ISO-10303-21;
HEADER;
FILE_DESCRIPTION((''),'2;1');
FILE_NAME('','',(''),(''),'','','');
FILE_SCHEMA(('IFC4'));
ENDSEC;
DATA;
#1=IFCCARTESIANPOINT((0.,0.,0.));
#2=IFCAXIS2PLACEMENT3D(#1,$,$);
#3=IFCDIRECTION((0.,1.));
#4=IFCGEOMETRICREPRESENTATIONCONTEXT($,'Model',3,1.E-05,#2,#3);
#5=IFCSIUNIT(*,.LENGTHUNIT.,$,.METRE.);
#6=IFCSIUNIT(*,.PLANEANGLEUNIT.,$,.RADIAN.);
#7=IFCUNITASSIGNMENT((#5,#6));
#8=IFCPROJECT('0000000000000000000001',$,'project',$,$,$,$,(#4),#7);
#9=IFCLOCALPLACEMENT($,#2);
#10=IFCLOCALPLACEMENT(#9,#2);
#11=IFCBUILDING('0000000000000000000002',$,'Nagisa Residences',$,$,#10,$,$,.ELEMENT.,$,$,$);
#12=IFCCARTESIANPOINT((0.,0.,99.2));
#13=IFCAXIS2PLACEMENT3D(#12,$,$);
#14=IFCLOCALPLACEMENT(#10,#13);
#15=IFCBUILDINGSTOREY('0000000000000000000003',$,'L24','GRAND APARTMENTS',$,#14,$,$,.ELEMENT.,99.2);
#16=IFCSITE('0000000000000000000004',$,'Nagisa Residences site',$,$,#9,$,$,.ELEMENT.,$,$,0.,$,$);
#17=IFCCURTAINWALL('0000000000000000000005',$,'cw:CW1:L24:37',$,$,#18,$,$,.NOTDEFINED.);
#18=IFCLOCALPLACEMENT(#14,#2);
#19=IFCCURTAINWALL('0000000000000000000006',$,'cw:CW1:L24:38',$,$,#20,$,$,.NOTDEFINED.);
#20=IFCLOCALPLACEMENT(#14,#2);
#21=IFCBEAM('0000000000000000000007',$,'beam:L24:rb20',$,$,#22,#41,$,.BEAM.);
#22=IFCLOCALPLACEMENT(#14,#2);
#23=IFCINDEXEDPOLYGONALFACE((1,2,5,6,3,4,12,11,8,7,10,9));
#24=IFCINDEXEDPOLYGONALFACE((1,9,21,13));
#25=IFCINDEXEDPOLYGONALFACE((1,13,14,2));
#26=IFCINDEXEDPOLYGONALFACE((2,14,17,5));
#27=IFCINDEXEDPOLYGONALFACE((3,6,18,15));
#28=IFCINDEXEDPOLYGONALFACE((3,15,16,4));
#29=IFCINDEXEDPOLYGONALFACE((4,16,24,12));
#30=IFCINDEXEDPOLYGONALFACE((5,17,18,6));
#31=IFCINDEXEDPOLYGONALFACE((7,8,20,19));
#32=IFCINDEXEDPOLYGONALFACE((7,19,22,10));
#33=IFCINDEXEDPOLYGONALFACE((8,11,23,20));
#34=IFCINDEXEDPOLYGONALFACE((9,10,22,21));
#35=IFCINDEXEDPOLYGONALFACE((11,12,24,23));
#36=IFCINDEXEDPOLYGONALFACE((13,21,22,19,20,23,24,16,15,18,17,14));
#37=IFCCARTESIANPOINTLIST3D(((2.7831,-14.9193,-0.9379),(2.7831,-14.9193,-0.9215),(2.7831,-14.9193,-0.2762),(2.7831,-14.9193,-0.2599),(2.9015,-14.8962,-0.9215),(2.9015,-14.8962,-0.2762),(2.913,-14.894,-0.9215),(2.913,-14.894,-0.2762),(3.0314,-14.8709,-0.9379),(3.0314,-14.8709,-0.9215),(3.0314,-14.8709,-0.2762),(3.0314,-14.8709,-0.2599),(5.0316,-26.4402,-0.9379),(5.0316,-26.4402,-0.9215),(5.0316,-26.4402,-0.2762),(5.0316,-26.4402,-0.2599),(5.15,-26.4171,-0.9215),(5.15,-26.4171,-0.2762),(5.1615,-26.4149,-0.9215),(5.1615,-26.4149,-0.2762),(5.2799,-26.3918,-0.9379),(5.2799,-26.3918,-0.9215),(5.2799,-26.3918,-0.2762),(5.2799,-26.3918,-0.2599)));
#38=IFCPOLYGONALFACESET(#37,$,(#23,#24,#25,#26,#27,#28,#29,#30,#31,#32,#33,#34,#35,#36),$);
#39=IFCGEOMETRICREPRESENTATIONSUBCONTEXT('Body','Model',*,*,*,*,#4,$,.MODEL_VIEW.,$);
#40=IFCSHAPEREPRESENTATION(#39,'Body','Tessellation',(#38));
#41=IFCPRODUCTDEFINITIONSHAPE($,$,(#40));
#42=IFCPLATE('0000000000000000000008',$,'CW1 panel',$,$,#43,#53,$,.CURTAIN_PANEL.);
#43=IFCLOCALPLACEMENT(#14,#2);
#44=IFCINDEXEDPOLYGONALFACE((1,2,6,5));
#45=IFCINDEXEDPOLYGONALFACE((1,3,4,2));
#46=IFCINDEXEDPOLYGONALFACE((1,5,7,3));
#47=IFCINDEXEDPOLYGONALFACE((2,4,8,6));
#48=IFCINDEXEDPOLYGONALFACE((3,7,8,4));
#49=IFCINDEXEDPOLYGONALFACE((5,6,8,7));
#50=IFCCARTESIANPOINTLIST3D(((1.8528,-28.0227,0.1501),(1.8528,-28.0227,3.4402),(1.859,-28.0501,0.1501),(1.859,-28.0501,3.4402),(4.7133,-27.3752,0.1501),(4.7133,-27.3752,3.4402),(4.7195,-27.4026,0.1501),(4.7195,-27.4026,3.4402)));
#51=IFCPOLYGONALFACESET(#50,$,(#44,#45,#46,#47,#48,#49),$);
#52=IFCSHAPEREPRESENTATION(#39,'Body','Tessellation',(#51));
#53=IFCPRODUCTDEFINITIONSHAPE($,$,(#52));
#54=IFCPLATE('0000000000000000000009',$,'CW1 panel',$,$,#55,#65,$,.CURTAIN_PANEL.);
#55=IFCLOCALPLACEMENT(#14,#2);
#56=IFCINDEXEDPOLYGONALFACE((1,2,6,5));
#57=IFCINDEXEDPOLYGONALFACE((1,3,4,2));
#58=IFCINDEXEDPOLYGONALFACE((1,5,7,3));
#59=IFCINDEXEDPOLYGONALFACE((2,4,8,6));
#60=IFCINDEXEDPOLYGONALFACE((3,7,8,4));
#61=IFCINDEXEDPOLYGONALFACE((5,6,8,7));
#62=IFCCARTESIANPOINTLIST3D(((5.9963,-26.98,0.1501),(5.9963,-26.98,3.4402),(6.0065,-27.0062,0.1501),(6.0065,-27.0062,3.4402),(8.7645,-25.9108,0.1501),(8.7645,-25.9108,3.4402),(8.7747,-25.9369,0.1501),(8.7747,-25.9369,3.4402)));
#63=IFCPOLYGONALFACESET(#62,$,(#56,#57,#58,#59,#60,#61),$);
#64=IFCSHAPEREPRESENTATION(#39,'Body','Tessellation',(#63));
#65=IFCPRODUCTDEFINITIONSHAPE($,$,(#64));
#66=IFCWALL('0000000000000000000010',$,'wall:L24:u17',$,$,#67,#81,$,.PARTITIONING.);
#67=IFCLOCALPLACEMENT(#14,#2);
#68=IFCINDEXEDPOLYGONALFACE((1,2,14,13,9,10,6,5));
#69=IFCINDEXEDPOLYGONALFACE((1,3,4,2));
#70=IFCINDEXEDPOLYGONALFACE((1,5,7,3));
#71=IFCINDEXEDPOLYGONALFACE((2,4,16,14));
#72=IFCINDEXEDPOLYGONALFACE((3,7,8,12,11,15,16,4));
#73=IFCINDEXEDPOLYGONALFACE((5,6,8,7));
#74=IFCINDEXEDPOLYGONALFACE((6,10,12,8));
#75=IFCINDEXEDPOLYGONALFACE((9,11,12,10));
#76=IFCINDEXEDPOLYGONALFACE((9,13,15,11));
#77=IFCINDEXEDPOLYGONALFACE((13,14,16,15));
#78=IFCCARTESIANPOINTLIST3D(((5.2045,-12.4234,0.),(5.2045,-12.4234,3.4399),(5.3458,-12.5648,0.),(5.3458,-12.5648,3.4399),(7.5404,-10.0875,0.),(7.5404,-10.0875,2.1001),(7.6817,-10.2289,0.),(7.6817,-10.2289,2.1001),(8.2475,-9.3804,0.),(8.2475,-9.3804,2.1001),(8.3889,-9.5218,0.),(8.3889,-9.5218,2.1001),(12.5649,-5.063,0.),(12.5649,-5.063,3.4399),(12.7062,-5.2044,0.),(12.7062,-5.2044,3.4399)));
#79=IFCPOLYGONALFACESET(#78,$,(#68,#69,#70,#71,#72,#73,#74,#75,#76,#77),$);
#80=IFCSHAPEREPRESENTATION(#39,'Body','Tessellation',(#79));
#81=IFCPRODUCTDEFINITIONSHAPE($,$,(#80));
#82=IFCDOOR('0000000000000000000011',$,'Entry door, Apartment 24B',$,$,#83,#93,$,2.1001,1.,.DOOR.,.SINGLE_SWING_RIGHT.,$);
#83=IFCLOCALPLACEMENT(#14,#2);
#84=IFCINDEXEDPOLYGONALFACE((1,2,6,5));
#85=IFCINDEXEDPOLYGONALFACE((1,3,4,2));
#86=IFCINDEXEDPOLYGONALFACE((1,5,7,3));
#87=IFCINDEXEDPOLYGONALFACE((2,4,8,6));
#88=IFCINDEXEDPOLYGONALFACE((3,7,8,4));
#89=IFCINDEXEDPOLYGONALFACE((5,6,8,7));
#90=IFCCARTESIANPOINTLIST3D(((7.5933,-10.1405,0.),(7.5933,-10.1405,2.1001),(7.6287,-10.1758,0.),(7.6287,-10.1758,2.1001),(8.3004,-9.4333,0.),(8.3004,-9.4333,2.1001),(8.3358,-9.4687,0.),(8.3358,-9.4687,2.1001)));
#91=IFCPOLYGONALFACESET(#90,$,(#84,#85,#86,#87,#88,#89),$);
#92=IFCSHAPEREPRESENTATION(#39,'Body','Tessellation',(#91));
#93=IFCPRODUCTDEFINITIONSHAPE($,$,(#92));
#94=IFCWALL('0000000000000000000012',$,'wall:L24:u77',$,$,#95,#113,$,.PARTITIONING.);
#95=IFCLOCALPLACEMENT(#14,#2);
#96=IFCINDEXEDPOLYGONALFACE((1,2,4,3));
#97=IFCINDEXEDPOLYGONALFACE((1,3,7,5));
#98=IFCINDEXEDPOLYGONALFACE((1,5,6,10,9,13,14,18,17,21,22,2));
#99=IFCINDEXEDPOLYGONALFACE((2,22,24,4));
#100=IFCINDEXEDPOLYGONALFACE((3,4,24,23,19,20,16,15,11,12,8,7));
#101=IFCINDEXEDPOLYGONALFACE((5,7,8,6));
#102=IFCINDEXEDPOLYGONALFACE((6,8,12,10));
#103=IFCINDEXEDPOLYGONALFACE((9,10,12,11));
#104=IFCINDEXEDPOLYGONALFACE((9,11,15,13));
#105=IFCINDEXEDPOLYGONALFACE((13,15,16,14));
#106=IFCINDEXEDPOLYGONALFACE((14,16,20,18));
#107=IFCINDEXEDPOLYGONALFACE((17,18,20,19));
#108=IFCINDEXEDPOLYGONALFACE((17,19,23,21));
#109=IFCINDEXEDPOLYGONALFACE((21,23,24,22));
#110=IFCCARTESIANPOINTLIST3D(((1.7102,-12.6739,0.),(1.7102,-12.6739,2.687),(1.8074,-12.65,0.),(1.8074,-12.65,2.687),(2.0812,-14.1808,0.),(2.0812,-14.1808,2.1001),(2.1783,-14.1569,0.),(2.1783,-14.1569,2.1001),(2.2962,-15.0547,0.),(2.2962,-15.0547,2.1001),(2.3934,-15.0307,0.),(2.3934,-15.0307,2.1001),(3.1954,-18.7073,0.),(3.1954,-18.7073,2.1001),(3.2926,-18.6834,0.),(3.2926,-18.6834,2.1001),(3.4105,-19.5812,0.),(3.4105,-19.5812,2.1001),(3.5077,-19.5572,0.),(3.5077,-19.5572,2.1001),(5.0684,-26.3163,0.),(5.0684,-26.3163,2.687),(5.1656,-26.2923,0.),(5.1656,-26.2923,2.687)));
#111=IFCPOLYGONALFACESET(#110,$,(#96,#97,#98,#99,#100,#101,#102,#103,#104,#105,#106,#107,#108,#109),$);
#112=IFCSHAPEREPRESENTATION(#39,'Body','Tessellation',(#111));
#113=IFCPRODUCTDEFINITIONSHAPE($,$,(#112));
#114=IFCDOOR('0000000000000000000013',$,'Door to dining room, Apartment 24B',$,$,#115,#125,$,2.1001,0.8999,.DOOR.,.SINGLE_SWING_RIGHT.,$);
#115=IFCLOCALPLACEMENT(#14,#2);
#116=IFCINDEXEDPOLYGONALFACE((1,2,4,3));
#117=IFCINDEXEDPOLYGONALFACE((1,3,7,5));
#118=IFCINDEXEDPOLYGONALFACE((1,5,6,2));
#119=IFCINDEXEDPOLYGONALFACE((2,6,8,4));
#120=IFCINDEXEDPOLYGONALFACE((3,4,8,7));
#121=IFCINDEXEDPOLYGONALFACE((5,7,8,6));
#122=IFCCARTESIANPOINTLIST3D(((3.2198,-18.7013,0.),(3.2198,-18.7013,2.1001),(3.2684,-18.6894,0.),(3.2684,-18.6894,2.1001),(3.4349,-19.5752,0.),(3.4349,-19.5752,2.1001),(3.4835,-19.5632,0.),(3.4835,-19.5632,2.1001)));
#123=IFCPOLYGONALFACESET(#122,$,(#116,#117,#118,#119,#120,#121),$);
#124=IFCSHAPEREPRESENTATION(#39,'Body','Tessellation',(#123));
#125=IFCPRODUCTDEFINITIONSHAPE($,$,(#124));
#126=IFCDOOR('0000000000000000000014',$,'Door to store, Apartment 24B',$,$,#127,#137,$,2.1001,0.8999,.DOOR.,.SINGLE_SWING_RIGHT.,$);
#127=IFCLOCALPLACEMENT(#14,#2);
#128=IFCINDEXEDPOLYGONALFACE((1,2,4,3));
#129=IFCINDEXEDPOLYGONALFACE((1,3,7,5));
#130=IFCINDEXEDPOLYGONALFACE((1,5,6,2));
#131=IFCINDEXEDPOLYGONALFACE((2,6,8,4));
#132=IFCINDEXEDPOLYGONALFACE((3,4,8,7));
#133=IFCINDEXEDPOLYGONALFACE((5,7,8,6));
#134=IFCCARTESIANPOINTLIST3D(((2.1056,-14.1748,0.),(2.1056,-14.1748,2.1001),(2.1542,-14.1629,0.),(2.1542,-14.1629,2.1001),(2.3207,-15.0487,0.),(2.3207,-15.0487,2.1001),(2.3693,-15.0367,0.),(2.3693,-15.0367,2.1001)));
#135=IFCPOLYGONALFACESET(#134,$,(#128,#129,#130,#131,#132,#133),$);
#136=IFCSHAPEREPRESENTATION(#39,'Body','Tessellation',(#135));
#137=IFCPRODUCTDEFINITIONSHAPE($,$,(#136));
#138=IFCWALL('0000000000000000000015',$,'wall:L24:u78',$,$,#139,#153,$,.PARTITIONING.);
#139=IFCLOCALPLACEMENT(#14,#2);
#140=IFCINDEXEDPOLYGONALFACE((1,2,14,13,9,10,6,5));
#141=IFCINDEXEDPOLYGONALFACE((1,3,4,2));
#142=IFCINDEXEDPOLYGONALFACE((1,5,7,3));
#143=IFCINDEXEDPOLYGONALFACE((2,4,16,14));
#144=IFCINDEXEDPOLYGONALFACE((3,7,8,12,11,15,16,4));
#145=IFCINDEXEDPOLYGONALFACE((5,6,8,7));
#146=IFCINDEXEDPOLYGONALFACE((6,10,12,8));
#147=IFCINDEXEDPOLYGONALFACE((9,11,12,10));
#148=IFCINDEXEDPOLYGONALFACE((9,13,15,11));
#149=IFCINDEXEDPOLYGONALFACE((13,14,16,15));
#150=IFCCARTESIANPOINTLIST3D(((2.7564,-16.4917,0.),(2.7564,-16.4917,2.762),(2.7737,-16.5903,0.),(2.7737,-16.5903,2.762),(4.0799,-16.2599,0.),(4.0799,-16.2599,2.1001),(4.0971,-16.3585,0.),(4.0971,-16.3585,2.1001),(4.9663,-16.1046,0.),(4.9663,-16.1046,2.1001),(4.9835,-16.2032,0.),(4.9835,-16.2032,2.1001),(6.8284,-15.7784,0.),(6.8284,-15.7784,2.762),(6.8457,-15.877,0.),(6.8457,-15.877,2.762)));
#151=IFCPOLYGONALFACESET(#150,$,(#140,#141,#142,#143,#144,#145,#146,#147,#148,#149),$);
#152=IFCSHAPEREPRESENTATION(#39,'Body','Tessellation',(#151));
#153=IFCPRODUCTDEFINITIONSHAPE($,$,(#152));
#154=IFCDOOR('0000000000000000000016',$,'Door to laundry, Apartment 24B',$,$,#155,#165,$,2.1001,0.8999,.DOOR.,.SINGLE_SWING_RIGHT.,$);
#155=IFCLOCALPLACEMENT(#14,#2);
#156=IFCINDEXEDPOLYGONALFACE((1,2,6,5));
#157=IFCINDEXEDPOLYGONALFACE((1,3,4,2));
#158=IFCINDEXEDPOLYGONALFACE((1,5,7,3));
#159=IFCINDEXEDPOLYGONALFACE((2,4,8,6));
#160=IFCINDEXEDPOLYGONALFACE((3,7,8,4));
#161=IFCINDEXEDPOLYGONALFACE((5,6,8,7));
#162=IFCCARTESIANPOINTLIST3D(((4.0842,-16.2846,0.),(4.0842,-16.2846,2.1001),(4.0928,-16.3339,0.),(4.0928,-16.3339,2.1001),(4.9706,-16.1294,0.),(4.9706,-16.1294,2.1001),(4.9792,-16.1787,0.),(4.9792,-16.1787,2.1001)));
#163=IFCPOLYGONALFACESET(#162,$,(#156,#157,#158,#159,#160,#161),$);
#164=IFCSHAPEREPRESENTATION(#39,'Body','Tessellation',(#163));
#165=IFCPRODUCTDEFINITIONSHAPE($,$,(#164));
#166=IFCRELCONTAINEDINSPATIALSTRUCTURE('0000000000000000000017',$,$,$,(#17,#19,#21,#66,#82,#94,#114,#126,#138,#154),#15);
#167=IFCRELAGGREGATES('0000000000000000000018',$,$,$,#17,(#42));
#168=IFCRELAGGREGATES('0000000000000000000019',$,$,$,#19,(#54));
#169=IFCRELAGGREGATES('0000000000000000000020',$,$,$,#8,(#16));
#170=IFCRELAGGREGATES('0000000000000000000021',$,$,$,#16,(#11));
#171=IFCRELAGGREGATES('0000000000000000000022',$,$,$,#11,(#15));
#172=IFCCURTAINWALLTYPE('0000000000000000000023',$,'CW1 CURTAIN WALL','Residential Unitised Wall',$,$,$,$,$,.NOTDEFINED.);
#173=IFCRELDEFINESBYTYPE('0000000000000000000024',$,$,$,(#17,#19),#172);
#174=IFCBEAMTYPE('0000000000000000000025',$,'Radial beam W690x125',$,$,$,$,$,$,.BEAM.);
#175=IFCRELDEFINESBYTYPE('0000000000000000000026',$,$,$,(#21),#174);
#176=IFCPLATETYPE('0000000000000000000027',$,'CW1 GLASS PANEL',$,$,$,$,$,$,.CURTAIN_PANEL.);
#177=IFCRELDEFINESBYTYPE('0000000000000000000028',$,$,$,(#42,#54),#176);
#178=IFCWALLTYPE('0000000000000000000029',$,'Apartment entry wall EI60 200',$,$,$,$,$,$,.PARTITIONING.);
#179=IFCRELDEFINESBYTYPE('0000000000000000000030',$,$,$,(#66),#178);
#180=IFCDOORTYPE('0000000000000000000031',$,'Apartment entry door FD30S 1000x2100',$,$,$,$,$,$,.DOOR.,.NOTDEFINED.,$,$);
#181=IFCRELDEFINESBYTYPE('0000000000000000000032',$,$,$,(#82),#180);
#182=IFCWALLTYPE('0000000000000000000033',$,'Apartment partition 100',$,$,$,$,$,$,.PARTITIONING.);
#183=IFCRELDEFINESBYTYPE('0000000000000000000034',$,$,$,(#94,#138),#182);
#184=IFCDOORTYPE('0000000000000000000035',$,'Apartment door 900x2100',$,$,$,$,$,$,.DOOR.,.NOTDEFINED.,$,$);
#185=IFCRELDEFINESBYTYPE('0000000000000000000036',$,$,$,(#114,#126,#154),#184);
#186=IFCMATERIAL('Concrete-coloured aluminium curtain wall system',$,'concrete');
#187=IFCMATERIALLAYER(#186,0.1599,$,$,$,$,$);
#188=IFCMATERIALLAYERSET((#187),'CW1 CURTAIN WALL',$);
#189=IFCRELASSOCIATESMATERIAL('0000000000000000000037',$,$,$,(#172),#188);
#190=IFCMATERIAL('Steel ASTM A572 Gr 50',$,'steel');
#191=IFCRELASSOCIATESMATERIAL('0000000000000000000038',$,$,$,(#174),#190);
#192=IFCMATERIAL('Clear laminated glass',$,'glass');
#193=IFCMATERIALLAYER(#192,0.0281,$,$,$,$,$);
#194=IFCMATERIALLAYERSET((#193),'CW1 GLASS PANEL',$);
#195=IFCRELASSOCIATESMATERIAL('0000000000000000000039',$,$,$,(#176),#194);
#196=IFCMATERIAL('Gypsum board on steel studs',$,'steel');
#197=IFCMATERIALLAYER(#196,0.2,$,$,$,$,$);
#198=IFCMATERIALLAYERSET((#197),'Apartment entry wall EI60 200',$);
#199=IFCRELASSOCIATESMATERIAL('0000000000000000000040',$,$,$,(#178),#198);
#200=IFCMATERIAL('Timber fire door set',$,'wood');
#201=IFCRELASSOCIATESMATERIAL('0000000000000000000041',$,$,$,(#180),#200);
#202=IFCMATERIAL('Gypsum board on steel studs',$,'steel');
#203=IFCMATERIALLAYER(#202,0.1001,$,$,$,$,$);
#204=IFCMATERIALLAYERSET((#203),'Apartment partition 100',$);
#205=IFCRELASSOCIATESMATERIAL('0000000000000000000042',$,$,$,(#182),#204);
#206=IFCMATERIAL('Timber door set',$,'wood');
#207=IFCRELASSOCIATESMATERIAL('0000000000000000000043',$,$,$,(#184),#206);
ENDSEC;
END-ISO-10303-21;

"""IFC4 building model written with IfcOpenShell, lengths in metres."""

from ifc_helpers import new_model, si_unit, direction, frame, frame_2d, origin, origin_2d, place, context, subcontext, project, spatial, rectangle, i_section, extrude, material, layer, layer_set, material_profile, profile_set, type_object, element, fill, aggregate, save


model = new_model("IFC4")

# Units and contexts
model_context = context("Model", 3, precision=1e-05, world=origin(), true_north=direction((0.0, 1.0)))
body_context = subcontext(model_context, "Body", "Model", "MODEL_VIEW")
ifc_project = project(units=[si_unit("LENGTHUNIT", "METRE"), si_unit("PLANEANGLEUNIT", "RADIAN")], contexts=[model_context])

# Site, building, storey
site_placement = place(None, origin())
site = spatial("IfcSite", under=ifc_project, at=site_placement, Name="Nagisa Residences site", CompositionType="ELEMENT", RefElevation=0.0)
building_placement = place(site_placement, origin())
building = spatial("IfcBuilding", under=site, at=building_placement, Name="Nagisa Residences", CompositionType="ELEMENT")
storey_placement = place(building_placement, frame((0.0, 0.0, 99.2)))
storey = spatial("IfcBuildingStorey", under=building, at=storey_placement, Name="L24", Description="GRAND APARTMENTS", CompositionType="ELEMENT", Elevation=99.2)

# Curtain walls
ifc_material_1 = material(Name="Concrete-coloured aluminium curtain wall system", Category="concrete")
ifc_layer_1 = layer(ifc_material_1, 0.1599)
ifc_layer_set_1 = layer_set([ifc_layer_1], Name="CW1 CURTAIN WALL")
curtain_wall_type = type_object("IfcCurtainWallType", Name="CW1 CURTAIN WALL", Description="Residential Unitised Wall", PredefinedType="NOTDEFINED", material=ifc_layer_set_1)
curtain_wall_1_placement = place(storey_placement, origin())
curtain_wall_1 = element("IfcCurtainWall", 1, at=curtain_wall_1_placement, inside=storey, type_object=curtain_wall_type, Name="cw:CW1:L24:37", PredefinedType="NOTDEFINED")
curtain_wall_2_placement = place(storey_placement, origin())
curtain_wall_2 = element("IfcCurtainWall", 2, at=curtain_wall_2_placement, inside=storey, type_object=curtain_wall_type, Name="cw:CW1:L24:38", PredefinedType="NOTDEFINED")

# Beam
ifc_material_2 = material(Name="Steel ASTM A572 Gr 50", Category="steel")
ifc_material_profile_1 = material_profile(ifc_material_2, i_section(OverallWidth=0.2529, OverallDepth=0.678, WebThickness=0.0117, FlangeThickness=0.0164, at=origin_2d()), Name="W690x125")
ifc_profile_set_1 = profile_set([ifc_material_profile_1], Name="Steel ASTM A572 Gr 50")
beam_type_1 = type_object("IfcBeamType", Name="Radial beam W690x125", PredefinedType="BEAM", material=ifc_profile_set_1)
beam_1_placement = place(storey_placement, frame((5.1558, -26.416, -0.5989), z_axis=(-0.191554, 0.981482, 0.0), x_axis=(-0.981482, -0.191554, 0.0)))
element("IfcBeam", 3, at=beam_1_placement, inside=storey, type_object=beam_type_1, Name="beam:L24:rb20", PredefinedType="BEAM", context=body_context, shape_type="SweptSolid", body=[
    extrude(i_section(OverallWidth=0.2529, OverallDepth=0.678, WebThickness=0.0117, FlangeThickness=0.0164, at=origin_2d()), origin(), (0.0, 0.0, 1.0), 11.7383),
])

# Plates
ifc_material_3 = material(Name="Clear laminated glass", Category="glass")
ifc_layer_2 = layer(ifc_material_3, 0.0281)
ifc_layer_set_2 = layer_set([ifc_layer_2], Name="CW1 GLASS PANEL")
plate_type = type_object("IfcPlateType", Name="CW1 GLASS PANEL", PredefinedType="CURTAIN_PANEL", material=ifc_layer_set_2)
plate_1_placement = place(storey_placement, frame((3.2861, -27.7126, 0.1501), z_axis=(0.0, 0.0, 1.0), x_axis=(0.975327, 0.220764, 0.0)))
plate_1 = element("IfcPlate", 4, at=plate_1_placement, type_object=plate_type, Name="CW1 panel", PredefinedType="CURTAIN_PANEL", context=body_context, shape_type="SweptSolid", body=[
    extrude(rectangle(XDim=2.9329, YDim=0.0281, at=origin_2d()), origin(), (0.0, 0.0, 1.0), 3.29),
])
aggregate(curtain_wall_1, [plate_1])
plate_2_placement = place(storey_placement, frame((7.3855, -26.4585, 0.1501), z_axis=(0.0, 0.0, 1.0), x_axis=(0.932826, 0.360328, 0.0)))
plate_2 = element("IfcPlate", 5, at=plate_2_placement, type_object=plate_type, Name="CW1 panel", PredefinedType="CURTAIN_PANEL", context=body_context, shape_type="SweptSolid", body=[
    extrude(rectangle(XDim=2.9675, YDim=0.0281, at=origin_2d()), origin(), (0.0, 0.0, 1.0), 3.29),
])
aggregate(curtain_wall_2, [plate_2])

# Wall, opening, door
ifc_material_4 = material(Name="Gypsum board on steel studs", Category="steel")
ifc_layer_3 = layer(ifc_material_4, 0.2)
ifc_layer_set_3 = layer_set([ifc_layer_3], Name="Apartment entry wall EI60 200")
wall_type_1 = type_object("IfcWallType", Name="Apartment entry wall EI60 200", PredefinedType="PARTITIONING", material=ifc_layer_set_3)
wall_1_placement = place(storey_placement, frame((5.2751, -12.4941, 0.0), z_axis=(0.0, 0.0, 1.0), x_axis=(0.707107, 0.707107, 0.0)))
wall_1 = element("IfcWall", 6, at=wall_1_placement, inside=storey, type_object=wall_type_1, Name="wall:L24:u17", PredefinedType="PARTITIONING", context=body_context, shape_type="SweptSolid", body=[
    extrude(rectangle(XDim=10.4092, YDim=0.2, at=frame_2d((5.2046, 0.0))), origin(), (0.0, 0.0, 1.0), 3.4399),
])
opening_1_placement = place(wall_1_placement, frame((3.3035, 0.0, 0.0)))
opening_1 = element("IfcOpeningElement", 7, at=opening_1_placement, cuts=wall_1, PredefinedType="OPENING", context=body_context, shape_type="SweptSolid", body=[
    extrude(rectangle(XDim=1.0, YDim=2.1001, at=frame_2d((0.5, 1.05))), frame((0.0, 0.1099, 0.0), z_axis=(0.0, -1.0, 0.0), x_axis=(1.0, 0.0, 0.0)), (0.0, 0.0, 1.0), 0.22),
])
ifc_material_5 = material(Name="Timber fire door set", Category="wood")
door_type_1 = type_object("IfcDoorType", Name="Apartment entry door FD30S 1000x2100", OperationType="NOTDEFINED", PredefinedType="DOOR", material=ifc_material_5)
door_1_placement = place(opening_1_placement, frame((1.0, 0.0, 0.0), x_axis=(-1.0, 0.0, 0.0)))
door_1 = element("IfcDoor", 8, at=door_1_placement, inside=storey, type_object=door_type_1, Name="Entry door, Apartment 24B", OperationType="SINGLE_SWING_RIGHT", OverallHeight=2.1001, OverallWidth=1.0, PredefinedType="DOOR", context=body_context, shape_type="SweptSolid", body=[
    extrude(rectangle(XDim=1.0, YDim=2.1001, at=frame_2d((0.5, 1.05))), frame((0.0, 0.0249, 0.0), z_axis=(0.0, -1.0, 0.0), x_axis=(1.0, 0.0, 0.0)), (0.0, 0.0, 1.0), 0.05),
])
fill(opening_1, door_1)

# Wall, openings, doors
ifc_material_6 = material(Name="Gypsum board on steel studs", Category="steel")
ifc_layer_4 = layer(ifc_material_6, 0.1001)
ifc_layer_set_4 = layer_set([ifc_layer_4], Name="Apartment partition 100")
wall_type_2 = type_object("IfcWallType", Name="Apartment partition 100", PredefinedType="PARTITIONING", material=ifc_layer_set_4)
wall_2_placement = place(storey_placement, frame((1.7588, -12.6619, 0.0), z_axis=(0.0, 0.0, 1.0), x_axis=(0.239022, -0.971014, 0.0)))
wall_2 = element("IfcWall", 9, at=wall_2_placement, inside=storey, type_object=wall_type_2, Name="wall:L24:u77", PredefinedType="PARTITIONING", context=body_context, shape_type="SweptSolid", body=[
    extrude(rectangle(XDim=14.0496, YDim=0.1001, at=frame_2d((7.0249, 0.0))), origin(), (0.0, 0.0, 1.0), 2.687),
])
opening_2_placement = place(wall_2_placement, frame((6.2136, 0.0, 0.0)))
opening_2 = element("IfcOpeningElement", 10, at=opening_2_placement, cuts=wall_2, PredefinedType="OPENING", context=body_context, shape_type="SweptSolid", body=[
    extrude(rectangle(XDim=0.8999, YDim=2.1001, at=frame_2d((0.45, 1.05))), frame((0.0, 0.0601, 0.0), z_axis=(0.0, -1.0, 0.0), x_axis=(1.0, 0.0, 0.0)), (0.0, 0.0, 1.0), 0.1201),
])
opening_3_placement = place(wall_2_placement, frame((1.552, 0.0, 0.0)))
opening_3 = element("IfcOpeningElement", 11, at=opening_3_placement, cuts=wall_2, PredefinedType="OPENING", context=body_context, shape_type="SweptSolid", body=[
    extrude(rectangle(XDim=0.8999, YDim=2.1001, at=frame_2d((0.45, 1.05))), frame((0.0, 0.0601, 0.0), z_axis=(0.0, -1.0, 0.0), x_axis=(1.0, 0.0, 0.0)), (0.0, 0.0, 1.0), 0.1201),
])
ifc_material_7 = material(Name="Timber door set", Category="wood")
door_type_2 = type_object("IfcDoorType", Name="Apartment door 900x2100", OperationType="NOTDEFINED", PredefinedType="DOOR", material=ifc_material_7)
door_2_placement = place(opening_2_placement, frame((0.8999, 0.0, 0.0), x_axis=(-1.0, 0.0, 0.0)))
door_2 = element("IfcDoor", 12, at=door_2_placement, inside=storey, type_object=door_type_2, Name="Door to dining room, Apartment 24B", OperationType="SINGLE_SWING_RIGHT", OverallHeight=2.1001, OverallWidth=0.8999, PredefinedType="DOOR", context=body_context, shape_type="SweptSolid", body=[
    extrude(rectangle(XDim=0.8999, YDim=2.1001, at=frame_2d((0.45, 1.05))), frame((0.0, 0.0249, 0.0), z_axis=(0.0, -1.0, 0.0), x_axis=(1.0, 0.0, 0.0)), (0.0, 0.0, 1.0), 0.05),
])
fill(opening_2, door_2)
door_3_placement = place(opening_3_placement, frame((0.8999, 0.0, 0.0), x_axis=(-1.0, 0.0, 0.0)))
door_3 = element("IfcDoor", 13, at=door_3_placement, inside=storey, type_object=door_type_2, Name="Door to store, Apartment 24B", OperationType="SINGLE_SWING_RIGHT", OverallHeight=2.1001, OverallWidth=0.8999, PredefinedType="DOOR", context=body_context, shape_type="SweptSolid", body=[
    extrude(rectangle(XDim=0.8999, YDim=2.1001, at=frame_2d((0.45, 1.05))), frame((0.0, 0.0249, 0.0), z_axis=(0.0, -1.0, 0.0), x_axis=(1.0, 0.0, 0.0)), (0.0, 0.0, 1.0), 0.05),
])
fill(opening_3, door_3)

# Wall, opening, door
wall_3_placement = place(storey_placement, frame((2.7651, -16.541, 0.0), z_axis=(0.0, 0.0, 1.0), x_axis=(0.984999, 0.172562, 0.0)))
wall_3 = element("IfcWall", 14, at=wall_3_placement, inside=storey, type_object=wall_type_2, Name="wall:L24:u78", PredefinedType="PARTITIONING", context=body_context, shape_type="SweptSolid", body=[
    extrude(rectangle(XDim=4.134, YDim=0.1001, at=frame_2d((2.0669, 0.0))), origin(), (0.0, 0.0, 1.0), 2.762),
])
opening_4_placement = place(wall_3_placement, frame((1.3435, 0.0, 0.0)))
opening_4 = element("IfcOpeningElement", 15, at=opening_4_placement, cuts=wall_3, PredefinedType="OPENING", context=body_context, shape_type="SweptSolid", body=[
    extrude(rectangle(XDim=0.8999, YDim=2.1001, at=frame_2d((0.45, 1.05))), frame((0.0, 0.0601, 0.0), z_axis=(0.0, -1.0, 0.0), x_axis=(1.0, 0.0, 0.0)), (0.0, 0.0, 1.0), 0.1201),
])
door_4_placement = place(opening_4_placement, origin())
door_4 = element("IfcDoor", 16, at=door_4_placement, inside=storey, type_object=door_type_2, Name="Door to laundry, Apartment 24B", OperationType="SINGLE_SWING_RIGHT", OverallHeight=2.1001, OverallWidth=0.8999, PredefinedType="DOOR", context=body_context, shape_type="SweptSolid", body=[
    extrude(rectangle(XDim=0.8999, YDim=2.1001, at=frame_2d((0.45, 1.05))), frame((0.0, 0.0249, 0.0), z_axis=(0.0, -1.0, 0.0), x_axis=(1.0, 0.0, 0.0)), (0.0, 0.0, 1.0), 0.05),
])
fill(opening_4, door_4)

save(model, "model.ifc")
